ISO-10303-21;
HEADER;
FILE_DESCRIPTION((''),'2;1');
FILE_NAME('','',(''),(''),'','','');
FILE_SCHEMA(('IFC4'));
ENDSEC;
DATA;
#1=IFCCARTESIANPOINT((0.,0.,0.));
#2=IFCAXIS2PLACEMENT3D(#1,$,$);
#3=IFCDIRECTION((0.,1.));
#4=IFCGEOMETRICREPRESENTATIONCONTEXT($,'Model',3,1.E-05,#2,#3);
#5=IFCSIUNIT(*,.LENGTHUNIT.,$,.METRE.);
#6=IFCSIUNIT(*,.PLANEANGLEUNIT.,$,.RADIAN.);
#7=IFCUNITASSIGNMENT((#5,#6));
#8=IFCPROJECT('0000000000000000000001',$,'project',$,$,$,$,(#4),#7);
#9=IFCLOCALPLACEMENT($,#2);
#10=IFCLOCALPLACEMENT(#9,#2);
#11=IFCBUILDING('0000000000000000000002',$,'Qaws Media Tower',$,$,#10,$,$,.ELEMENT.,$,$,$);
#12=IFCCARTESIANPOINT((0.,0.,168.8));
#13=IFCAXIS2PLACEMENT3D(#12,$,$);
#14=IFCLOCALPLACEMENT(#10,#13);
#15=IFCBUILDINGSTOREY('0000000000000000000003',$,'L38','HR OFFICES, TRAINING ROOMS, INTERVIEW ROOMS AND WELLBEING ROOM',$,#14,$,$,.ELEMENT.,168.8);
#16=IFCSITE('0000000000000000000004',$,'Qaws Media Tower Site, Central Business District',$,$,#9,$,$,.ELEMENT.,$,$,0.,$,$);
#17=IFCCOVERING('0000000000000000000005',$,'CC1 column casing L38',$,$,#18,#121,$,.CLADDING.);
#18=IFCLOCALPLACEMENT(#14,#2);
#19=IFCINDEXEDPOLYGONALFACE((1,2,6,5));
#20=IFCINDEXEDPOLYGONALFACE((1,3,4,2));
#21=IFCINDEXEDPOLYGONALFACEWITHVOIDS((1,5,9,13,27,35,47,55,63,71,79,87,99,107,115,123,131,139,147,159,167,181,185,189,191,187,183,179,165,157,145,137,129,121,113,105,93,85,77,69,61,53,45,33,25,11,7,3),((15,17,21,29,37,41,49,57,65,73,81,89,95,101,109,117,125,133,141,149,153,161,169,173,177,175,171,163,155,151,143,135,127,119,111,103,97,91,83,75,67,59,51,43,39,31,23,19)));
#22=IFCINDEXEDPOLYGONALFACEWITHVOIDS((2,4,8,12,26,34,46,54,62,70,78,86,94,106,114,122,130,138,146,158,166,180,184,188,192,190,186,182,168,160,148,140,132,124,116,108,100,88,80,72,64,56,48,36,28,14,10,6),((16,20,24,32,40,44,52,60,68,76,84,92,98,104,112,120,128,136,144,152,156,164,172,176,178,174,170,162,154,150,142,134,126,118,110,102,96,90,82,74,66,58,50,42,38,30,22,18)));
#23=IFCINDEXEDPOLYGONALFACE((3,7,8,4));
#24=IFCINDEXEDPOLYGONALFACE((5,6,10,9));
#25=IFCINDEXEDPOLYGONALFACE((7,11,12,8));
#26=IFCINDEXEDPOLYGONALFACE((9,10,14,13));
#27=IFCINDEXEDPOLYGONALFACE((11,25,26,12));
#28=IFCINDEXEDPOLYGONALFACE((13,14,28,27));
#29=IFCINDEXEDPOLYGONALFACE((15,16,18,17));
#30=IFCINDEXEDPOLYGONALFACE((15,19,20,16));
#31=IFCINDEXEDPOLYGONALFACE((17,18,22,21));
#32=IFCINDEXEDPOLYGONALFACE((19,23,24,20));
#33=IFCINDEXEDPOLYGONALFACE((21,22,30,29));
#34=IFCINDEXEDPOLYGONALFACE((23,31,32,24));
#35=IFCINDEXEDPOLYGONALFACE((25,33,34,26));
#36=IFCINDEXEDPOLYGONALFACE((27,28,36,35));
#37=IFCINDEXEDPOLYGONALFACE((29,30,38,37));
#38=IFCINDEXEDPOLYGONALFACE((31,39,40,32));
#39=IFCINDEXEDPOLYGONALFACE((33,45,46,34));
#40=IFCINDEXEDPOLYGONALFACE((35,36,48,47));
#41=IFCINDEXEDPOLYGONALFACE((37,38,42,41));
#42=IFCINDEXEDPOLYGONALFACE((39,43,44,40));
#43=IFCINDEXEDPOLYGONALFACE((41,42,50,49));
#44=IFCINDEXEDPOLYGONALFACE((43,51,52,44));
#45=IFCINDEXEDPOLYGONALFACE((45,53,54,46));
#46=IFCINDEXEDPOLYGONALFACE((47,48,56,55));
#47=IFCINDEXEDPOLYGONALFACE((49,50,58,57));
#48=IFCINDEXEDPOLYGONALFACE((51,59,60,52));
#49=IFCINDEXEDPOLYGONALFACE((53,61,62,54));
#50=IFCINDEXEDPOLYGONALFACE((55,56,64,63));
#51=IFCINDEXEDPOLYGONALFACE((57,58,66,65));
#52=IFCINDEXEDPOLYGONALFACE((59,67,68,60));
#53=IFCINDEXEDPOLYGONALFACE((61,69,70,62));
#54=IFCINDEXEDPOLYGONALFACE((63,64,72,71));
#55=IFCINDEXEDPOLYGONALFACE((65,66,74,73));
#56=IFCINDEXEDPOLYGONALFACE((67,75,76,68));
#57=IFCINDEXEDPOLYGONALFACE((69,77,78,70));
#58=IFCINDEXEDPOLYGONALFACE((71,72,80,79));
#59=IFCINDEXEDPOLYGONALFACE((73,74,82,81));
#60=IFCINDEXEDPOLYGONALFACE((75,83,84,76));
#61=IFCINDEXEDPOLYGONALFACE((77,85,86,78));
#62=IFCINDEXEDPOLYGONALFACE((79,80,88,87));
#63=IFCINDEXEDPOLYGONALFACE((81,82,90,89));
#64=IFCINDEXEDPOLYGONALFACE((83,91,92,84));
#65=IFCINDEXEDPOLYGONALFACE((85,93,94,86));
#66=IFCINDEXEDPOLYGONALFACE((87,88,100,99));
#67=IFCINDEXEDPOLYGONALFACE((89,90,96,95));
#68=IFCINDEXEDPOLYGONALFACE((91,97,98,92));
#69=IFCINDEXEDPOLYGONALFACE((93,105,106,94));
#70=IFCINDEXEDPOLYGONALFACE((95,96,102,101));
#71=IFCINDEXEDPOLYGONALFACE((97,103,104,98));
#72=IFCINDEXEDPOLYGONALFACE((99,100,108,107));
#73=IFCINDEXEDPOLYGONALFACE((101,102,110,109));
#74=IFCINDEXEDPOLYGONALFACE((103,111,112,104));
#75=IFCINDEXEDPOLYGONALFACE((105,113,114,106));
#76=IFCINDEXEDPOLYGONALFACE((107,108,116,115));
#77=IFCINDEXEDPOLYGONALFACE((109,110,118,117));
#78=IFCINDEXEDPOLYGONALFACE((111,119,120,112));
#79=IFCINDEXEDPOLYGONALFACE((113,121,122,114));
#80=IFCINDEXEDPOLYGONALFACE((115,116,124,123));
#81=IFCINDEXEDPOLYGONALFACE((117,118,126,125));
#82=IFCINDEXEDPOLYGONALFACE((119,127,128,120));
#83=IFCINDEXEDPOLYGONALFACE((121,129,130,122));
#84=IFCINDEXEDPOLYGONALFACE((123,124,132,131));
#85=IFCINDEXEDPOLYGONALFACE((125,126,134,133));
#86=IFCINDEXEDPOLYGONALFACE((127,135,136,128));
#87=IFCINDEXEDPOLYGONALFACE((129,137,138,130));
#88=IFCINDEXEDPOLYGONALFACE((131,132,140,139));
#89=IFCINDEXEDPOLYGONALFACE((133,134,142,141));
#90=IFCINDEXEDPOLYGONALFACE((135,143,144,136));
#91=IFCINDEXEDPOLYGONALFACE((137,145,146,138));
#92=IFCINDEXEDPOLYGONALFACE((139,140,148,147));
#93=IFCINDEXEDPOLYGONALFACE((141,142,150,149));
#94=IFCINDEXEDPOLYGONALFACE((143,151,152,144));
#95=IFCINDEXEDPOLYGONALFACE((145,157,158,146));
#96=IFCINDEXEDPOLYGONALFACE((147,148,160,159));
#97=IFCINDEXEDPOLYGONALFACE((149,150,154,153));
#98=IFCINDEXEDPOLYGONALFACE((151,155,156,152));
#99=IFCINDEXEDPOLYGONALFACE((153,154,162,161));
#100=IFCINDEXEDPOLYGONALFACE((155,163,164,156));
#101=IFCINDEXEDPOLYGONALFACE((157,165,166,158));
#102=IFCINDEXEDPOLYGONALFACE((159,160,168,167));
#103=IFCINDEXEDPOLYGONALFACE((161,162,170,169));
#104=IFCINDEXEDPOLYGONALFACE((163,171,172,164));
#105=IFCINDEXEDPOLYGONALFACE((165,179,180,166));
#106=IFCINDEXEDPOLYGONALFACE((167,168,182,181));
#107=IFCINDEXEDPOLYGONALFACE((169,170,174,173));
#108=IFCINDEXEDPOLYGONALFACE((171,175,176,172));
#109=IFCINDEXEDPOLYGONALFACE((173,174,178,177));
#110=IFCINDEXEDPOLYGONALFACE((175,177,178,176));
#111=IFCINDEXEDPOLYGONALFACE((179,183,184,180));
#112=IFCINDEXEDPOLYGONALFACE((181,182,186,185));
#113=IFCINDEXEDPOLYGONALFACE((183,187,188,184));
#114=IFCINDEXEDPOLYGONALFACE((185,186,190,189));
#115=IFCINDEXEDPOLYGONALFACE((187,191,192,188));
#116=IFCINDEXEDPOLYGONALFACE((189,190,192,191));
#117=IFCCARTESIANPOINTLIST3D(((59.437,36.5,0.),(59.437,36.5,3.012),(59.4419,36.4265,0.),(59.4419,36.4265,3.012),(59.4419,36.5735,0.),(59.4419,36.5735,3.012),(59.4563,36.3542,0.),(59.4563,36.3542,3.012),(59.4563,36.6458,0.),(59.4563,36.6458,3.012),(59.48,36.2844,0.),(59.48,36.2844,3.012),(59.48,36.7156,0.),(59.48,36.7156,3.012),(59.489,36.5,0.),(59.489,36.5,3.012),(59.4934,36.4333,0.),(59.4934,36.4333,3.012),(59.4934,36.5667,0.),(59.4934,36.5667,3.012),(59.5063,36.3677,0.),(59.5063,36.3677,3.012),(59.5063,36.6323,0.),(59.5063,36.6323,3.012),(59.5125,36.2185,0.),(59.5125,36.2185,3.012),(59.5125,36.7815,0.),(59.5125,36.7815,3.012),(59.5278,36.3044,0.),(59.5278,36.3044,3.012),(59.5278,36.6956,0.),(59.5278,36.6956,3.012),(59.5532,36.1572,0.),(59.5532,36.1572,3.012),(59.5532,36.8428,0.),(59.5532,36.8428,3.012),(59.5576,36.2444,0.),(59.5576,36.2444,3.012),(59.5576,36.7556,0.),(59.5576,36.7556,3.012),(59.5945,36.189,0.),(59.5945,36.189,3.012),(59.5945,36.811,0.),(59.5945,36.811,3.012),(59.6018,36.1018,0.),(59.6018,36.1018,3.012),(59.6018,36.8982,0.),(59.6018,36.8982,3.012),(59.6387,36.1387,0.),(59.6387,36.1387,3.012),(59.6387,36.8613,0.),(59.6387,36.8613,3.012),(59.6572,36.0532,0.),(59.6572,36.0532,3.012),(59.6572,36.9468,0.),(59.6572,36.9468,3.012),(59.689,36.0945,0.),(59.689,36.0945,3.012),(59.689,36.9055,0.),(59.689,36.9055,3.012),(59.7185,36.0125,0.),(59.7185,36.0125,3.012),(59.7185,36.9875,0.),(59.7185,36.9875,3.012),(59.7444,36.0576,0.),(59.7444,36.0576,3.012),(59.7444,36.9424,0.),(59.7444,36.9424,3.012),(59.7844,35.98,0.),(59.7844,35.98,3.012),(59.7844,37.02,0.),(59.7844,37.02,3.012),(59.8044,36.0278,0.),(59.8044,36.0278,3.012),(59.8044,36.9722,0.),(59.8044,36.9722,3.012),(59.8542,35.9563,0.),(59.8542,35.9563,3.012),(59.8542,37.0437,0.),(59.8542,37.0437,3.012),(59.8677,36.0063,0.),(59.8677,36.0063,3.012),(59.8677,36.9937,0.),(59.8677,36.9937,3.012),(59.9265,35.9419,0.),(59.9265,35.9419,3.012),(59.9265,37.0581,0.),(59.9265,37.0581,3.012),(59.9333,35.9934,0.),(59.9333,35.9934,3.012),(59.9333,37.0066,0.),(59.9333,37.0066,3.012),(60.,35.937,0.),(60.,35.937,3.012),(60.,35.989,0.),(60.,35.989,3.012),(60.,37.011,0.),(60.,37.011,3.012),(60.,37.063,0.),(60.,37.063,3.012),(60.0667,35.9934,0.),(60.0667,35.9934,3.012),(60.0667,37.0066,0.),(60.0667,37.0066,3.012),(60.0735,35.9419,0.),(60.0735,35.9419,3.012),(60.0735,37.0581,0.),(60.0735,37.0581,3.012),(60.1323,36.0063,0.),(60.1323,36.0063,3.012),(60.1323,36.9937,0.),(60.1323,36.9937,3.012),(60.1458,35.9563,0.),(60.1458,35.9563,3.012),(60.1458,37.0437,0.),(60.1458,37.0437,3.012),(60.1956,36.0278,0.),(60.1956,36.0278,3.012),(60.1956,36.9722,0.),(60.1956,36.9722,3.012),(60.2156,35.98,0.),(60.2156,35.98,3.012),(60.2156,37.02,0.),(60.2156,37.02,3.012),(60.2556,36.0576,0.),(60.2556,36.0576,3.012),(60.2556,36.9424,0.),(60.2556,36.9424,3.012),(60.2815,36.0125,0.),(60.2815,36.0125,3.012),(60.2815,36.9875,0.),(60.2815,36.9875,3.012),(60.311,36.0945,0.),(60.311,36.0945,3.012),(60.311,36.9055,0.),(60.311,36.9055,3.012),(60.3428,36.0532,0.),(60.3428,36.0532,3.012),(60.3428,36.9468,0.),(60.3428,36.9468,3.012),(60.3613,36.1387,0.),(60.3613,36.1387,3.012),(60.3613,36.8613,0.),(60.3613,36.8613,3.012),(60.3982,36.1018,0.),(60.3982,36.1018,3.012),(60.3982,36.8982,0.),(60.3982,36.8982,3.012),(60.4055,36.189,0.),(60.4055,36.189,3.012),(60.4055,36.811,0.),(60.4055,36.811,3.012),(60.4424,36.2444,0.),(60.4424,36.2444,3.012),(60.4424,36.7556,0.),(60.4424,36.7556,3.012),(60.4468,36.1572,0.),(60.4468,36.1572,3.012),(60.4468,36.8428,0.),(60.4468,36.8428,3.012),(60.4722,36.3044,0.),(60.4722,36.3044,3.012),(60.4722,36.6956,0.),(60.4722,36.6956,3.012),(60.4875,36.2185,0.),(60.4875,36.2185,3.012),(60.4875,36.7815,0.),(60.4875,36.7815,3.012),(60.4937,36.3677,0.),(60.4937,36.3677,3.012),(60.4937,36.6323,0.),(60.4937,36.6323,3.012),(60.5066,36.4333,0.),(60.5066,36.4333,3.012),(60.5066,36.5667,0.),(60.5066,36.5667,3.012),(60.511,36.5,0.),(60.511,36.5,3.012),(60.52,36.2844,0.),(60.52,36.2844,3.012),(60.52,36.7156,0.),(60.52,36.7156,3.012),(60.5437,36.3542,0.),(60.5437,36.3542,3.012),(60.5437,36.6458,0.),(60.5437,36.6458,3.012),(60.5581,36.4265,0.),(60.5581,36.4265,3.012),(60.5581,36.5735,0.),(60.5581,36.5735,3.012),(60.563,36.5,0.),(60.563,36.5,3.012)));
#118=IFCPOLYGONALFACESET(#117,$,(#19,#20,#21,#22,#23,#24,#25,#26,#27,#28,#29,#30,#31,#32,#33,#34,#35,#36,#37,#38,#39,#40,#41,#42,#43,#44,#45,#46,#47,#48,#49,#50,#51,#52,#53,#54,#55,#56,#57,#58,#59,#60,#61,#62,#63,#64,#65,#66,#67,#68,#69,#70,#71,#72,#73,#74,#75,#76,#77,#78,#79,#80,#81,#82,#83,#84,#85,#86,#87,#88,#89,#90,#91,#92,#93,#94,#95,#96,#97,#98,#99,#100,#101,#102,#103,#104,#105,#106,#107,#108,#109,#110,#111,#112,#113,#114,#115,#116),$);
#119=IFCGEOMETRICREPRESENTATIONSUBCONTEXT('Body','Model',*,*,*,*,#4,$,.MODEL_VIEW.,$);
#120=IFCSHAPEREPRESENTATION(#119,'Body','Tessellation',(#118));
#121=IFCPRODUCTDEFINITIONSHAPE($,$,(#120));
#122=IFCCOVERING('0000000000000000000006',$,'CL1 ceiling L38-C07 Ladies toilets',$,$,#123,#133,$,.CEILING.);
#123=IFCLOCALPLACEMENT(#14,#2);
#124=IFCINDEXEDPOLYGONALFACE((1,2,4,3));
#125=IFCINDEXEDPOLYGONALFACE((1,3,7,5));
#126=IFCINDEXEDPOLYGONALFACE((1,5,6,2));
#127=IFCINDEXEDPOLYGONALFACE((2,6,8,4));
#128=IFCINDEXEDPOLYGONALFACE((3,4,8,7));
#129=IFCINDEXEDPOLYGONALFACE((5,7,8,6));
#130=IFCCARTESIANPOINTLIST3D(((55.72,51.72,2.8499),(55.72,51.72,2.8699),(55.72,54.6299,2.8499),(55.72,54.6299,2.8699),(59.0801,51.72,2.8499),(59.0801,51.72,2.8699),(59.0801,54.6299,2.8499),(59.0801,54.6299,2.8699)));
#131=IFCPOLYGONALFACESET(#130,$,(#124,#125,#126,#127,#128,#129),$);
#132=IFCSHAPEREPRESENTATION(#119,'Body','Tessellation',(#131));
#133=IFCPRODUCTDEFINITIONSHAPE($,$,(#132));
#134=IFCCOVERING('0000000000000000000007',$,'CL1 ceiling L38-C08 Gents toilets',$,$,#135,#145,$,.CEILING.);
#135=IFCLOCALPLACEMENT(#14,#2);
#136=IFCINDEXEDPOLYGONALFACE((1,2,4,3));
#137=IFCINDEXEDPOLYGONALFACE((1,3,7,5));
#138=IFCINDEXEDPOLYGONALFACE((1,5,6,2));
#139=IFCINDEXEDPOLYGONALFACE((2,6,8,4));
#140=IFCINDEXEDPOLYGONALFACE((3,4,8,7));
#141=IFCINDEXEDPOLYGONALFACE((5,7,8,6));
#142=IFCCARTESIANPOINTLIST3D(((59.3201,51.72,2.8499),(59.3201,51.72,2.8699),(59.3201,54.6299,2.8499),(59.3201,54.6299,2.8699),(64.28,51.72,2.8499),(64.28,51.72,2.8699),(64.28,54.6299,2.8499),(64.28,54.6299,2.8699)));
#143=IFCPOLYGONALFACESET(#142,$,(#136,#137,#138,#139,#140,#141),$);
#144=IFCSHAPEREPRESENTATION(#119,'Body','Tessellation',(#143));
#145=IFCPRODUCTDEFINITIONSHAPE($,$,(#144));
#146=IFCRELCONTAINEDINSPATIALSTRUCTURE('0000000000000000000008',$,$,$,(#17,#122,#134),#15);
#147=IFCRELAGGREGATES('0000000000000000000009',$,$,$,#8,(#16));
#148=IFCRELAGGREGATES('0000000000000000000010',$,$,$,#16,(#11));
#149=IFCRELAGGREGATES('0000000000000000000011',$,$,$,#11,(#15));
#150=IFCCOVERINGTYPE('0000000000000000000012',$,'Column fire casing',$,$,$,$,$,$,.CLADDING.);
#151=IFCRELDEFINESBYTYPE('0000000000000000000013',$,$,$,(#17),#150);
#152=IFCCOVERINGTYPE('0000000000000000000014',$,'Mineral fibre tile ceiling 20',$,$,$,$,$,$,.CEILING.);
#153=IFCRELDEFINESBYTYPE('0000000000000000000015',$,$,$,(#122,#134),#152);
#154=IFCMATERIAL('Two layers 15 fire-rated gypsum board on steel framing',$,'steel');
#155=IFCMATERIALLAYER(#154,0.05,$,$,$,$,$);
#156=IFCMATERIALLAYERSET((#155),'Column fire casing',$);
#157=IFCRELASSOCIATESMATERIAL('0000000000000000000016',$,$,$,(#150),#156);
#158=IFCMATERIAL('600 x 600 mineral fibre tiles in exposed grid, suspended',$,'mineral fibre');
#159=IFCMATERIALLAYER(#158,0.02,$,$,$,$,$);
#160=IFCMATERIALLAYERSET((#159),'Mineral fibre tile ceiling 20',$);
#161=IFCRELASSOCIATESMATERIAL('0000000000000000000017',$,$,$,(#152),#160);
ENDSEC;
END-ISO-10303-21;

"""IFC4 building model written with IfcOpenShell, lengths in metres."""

from ifc_helpers import new_model, si_unit, direction, frame, origin, place, context, subcontext, project, spatial, polyline, outline, extrude, material, layer, layer_set, type_object, element, save


model = new_model("IFC4")

# Units and contexts
model_context = context("Model", 3, precision=1e-05, world=origin(), true_north=direction((0.0, 1.0)))
body_context = subcontext(model_context, "Body", "Model", "MODEL_VIEW")
ifc_project = project(units=[si_unit("LENGTHUNIT", "METRE"), si_unit("PLANEANGLEUNIT", "RADIAN")], contexts=[model_context])

# Site, building, storey
site_placement = place(None, origin())
site = spatial("IfcSite", under=ifc_project, at=site_placement, Name="Qaws Media Tower Site, Central Business District", CompositionType="ELEMENT", RefElevation=0.0)
building_placement = place(site_placement, origin())
building = spatial("IfcBuilding", under=site, at=building_placement, Name="Qaws Media Tower", CompositionType="ELEMENT")
storey_placement = place(building_placement, frame((0.0, 0.0, 168.8)))
storey = spatial("IfcBuildingStorey", under=building, at=storey_placement, Name="L38", Description="HR OFFICES, TRAINING ROOMS, INTERVIEW ROOMS AND WELLBEING ROOM", CompositionType="ELEMENT", Elevation=168.8)

# Coverings
ifc_material_1 = material(Name="Two layers 15 fire-rated gypsum board on steel framing", Category="steel")
ifc_layer_1 = layer(ifc_material_1, 0.05)
ifc_layer_set_1 = layer_set([ifc_layer_1], Name="Column fire casing")
covering_type_1 = type_object("IfcCoveringType", Name="Column fire casing", PredefinedType="CLADDING", material=ifc_layer_set_1)
covering_1_placement = place(storey_placement, origin())
element("IfcCovering", 1, at=covering_1_placement, inside=storey, type_object=covering_type_1, Name="CC1 column casing L38", PredefinedType="CLADDING", context=body_context, shape_type="SweptSolid", body=[
    extrude(outline(polyline([(60.563, 36.5), (60.5581, 36.4265), (60.5437, 36.3542), (60.52, 36.2844), (60.4875, 36.2185), (60.4468, 36.1572), (60.3982, 36.1018), (60.3428, 36.0532), (60.2815, 36.0125), (60.2156, 35.98), (60.1458, 35.9563), (60.0735, 35.9419), (60.0, 35.937), (59.9265, 35.9419), (59.8542, 35.9563), (59.7844, 35.98), (59.7185, 36.0125), (59.6572, 36.0532), (59.6018, 36.1018), (59.5532, 36.1572), (59.5125, 36.2185), (59.48, 36.2844), (59.4563, 36.3542), (59.4419, 36.4265), (59.437, 36.5), (59.4419, 36.5735), (59.4563, 36.6458), (59.48, 36.7156), (59.5125, 36.7815), (59.5532, 36.8428), (59.6018, 36.8982), (59.6572, 36.9468), (59.7185, 36.9875), (59.7844, 37.02), (59.8542, 37.0437), (59.9265, 37.0581), (60.0, 37.063), (60.0735, 37.0581), (60.1458, 37.0437), (60.2156, 37.02), (60.2815, 36.9875), (60.3428, 36.9468), (60.3982, 36.8982), (60.4468, 36.8428), (60.4875, 36.7815), (60.52, 36.7156), (60.5437, 36.6458), (60.5581, 36.5735), (60.563, 36.5)]), holes=[polyline([(60.511, 36.5), (60.5066, 36.4333), (60.4937, 36.3677), (60.4722, 36.3044), (60.4424, 36.2444), (60.4055, 36.189), (60.3613, 36.1387), (60.311, 36.0945), (60.2556, 36.0576), (60.1956, 36.0278), (60.1323, 36.0063), (60.0667, 35.9934), (60.0, 35.989), (59.9333, 35.9934), (59.8677, 36.0063), (59.8044, 36.0278), (59.7444, 36.0576), (59.689, 36.0945), (59.6387, 36.1387), (59.5945, 36.189), (59.5576, 36.2444), (59.5278, 36.3044), (59.5063, 36.3677), (59.4934, 36.4333), (59.489, 36.5), (59.4934, 36.5667), (59.5063, 36.6323), (59.5278, 36.6956), (59.5576, 36.7556), (59.5945, 36.811), (59.6387, 36.8613), (59.689, 36.9055), (59.7444, 36.9424), (59.8044, 36.9722), (59.8677, 36.9937), (59.9333, 37.0066), (60.0, 37.011), (60.0667, 37.0066), (60.1323, 36.9937), (60.1956, 36.9722), (60.2556, 36.9424), (60.311, 36.9055), (60.3613, 36.8613), (60.4055, 36.811), (60.4424, 36.7556), (60.4722, 36.6956), (60.4937, 36.6323), (60.5066, 36.5667), (60.511, 36.5)])]), origin(), (0.0, 0.0, 1.0), 3.012),
])
ifc_material_2 = material(Name="600 x 600 mineral fibre tiles in exposed grid, suspended", Category="mineral fibre")
ifc_layer_2 = layer(ifc_material_2, 0.02)
ifc_layer_set_2 = layer_set([ifc_layer_2], Name="Mineral fibre tile ceiling 20")
covering_type_2 = type_object("IfcCoveringType", Name="Mineral fibre tile ceiling 20", PredefinedType="CEILING", material=ifc_layer_set_2)
covering_2_placement = place(storey_placement, frame((0.0, 0.0, 2.8499)))
element("IfcCovering", 2, at=covering_2_placement, inside=storey, type_object=covering_type_2, Name="CL1 ceiling L38-C07 Ladies toilets", PredefinedType="CEILING", context=body_context, shape_type="SweptSolid", body=[
    extrude(outline(polyline([(55.72, 51.72), (55.72, 54.6299), (59.0801, 54.6299), (59.0801, 51.72), (55.72, 51.72)])), origin(), (0.0, 0.0, 1.0), 0.02),
])
covering_3_placement = place(storey_placement, frame((0.0, 0.0, 2.8499)))
element("IfcCovering", 3, at=covering_3_placement, inside=storey, type_object=covering_type_2, Name="CL1 ceiling L38-C08 Gents toilets", PredefinedType="CEILING", context=body_context, shape_type="SweptSolid", body=[
    extrude(outline(polyline([(59.3201, 51.72), (59.3201, 54.6299), (64.28, 54.6299), (64.28, 51.72), (59.3201, 51.72)])), origin(), (0.0, 0.0, 1.0), 0.02),
])

save(model, "model.ifc")
